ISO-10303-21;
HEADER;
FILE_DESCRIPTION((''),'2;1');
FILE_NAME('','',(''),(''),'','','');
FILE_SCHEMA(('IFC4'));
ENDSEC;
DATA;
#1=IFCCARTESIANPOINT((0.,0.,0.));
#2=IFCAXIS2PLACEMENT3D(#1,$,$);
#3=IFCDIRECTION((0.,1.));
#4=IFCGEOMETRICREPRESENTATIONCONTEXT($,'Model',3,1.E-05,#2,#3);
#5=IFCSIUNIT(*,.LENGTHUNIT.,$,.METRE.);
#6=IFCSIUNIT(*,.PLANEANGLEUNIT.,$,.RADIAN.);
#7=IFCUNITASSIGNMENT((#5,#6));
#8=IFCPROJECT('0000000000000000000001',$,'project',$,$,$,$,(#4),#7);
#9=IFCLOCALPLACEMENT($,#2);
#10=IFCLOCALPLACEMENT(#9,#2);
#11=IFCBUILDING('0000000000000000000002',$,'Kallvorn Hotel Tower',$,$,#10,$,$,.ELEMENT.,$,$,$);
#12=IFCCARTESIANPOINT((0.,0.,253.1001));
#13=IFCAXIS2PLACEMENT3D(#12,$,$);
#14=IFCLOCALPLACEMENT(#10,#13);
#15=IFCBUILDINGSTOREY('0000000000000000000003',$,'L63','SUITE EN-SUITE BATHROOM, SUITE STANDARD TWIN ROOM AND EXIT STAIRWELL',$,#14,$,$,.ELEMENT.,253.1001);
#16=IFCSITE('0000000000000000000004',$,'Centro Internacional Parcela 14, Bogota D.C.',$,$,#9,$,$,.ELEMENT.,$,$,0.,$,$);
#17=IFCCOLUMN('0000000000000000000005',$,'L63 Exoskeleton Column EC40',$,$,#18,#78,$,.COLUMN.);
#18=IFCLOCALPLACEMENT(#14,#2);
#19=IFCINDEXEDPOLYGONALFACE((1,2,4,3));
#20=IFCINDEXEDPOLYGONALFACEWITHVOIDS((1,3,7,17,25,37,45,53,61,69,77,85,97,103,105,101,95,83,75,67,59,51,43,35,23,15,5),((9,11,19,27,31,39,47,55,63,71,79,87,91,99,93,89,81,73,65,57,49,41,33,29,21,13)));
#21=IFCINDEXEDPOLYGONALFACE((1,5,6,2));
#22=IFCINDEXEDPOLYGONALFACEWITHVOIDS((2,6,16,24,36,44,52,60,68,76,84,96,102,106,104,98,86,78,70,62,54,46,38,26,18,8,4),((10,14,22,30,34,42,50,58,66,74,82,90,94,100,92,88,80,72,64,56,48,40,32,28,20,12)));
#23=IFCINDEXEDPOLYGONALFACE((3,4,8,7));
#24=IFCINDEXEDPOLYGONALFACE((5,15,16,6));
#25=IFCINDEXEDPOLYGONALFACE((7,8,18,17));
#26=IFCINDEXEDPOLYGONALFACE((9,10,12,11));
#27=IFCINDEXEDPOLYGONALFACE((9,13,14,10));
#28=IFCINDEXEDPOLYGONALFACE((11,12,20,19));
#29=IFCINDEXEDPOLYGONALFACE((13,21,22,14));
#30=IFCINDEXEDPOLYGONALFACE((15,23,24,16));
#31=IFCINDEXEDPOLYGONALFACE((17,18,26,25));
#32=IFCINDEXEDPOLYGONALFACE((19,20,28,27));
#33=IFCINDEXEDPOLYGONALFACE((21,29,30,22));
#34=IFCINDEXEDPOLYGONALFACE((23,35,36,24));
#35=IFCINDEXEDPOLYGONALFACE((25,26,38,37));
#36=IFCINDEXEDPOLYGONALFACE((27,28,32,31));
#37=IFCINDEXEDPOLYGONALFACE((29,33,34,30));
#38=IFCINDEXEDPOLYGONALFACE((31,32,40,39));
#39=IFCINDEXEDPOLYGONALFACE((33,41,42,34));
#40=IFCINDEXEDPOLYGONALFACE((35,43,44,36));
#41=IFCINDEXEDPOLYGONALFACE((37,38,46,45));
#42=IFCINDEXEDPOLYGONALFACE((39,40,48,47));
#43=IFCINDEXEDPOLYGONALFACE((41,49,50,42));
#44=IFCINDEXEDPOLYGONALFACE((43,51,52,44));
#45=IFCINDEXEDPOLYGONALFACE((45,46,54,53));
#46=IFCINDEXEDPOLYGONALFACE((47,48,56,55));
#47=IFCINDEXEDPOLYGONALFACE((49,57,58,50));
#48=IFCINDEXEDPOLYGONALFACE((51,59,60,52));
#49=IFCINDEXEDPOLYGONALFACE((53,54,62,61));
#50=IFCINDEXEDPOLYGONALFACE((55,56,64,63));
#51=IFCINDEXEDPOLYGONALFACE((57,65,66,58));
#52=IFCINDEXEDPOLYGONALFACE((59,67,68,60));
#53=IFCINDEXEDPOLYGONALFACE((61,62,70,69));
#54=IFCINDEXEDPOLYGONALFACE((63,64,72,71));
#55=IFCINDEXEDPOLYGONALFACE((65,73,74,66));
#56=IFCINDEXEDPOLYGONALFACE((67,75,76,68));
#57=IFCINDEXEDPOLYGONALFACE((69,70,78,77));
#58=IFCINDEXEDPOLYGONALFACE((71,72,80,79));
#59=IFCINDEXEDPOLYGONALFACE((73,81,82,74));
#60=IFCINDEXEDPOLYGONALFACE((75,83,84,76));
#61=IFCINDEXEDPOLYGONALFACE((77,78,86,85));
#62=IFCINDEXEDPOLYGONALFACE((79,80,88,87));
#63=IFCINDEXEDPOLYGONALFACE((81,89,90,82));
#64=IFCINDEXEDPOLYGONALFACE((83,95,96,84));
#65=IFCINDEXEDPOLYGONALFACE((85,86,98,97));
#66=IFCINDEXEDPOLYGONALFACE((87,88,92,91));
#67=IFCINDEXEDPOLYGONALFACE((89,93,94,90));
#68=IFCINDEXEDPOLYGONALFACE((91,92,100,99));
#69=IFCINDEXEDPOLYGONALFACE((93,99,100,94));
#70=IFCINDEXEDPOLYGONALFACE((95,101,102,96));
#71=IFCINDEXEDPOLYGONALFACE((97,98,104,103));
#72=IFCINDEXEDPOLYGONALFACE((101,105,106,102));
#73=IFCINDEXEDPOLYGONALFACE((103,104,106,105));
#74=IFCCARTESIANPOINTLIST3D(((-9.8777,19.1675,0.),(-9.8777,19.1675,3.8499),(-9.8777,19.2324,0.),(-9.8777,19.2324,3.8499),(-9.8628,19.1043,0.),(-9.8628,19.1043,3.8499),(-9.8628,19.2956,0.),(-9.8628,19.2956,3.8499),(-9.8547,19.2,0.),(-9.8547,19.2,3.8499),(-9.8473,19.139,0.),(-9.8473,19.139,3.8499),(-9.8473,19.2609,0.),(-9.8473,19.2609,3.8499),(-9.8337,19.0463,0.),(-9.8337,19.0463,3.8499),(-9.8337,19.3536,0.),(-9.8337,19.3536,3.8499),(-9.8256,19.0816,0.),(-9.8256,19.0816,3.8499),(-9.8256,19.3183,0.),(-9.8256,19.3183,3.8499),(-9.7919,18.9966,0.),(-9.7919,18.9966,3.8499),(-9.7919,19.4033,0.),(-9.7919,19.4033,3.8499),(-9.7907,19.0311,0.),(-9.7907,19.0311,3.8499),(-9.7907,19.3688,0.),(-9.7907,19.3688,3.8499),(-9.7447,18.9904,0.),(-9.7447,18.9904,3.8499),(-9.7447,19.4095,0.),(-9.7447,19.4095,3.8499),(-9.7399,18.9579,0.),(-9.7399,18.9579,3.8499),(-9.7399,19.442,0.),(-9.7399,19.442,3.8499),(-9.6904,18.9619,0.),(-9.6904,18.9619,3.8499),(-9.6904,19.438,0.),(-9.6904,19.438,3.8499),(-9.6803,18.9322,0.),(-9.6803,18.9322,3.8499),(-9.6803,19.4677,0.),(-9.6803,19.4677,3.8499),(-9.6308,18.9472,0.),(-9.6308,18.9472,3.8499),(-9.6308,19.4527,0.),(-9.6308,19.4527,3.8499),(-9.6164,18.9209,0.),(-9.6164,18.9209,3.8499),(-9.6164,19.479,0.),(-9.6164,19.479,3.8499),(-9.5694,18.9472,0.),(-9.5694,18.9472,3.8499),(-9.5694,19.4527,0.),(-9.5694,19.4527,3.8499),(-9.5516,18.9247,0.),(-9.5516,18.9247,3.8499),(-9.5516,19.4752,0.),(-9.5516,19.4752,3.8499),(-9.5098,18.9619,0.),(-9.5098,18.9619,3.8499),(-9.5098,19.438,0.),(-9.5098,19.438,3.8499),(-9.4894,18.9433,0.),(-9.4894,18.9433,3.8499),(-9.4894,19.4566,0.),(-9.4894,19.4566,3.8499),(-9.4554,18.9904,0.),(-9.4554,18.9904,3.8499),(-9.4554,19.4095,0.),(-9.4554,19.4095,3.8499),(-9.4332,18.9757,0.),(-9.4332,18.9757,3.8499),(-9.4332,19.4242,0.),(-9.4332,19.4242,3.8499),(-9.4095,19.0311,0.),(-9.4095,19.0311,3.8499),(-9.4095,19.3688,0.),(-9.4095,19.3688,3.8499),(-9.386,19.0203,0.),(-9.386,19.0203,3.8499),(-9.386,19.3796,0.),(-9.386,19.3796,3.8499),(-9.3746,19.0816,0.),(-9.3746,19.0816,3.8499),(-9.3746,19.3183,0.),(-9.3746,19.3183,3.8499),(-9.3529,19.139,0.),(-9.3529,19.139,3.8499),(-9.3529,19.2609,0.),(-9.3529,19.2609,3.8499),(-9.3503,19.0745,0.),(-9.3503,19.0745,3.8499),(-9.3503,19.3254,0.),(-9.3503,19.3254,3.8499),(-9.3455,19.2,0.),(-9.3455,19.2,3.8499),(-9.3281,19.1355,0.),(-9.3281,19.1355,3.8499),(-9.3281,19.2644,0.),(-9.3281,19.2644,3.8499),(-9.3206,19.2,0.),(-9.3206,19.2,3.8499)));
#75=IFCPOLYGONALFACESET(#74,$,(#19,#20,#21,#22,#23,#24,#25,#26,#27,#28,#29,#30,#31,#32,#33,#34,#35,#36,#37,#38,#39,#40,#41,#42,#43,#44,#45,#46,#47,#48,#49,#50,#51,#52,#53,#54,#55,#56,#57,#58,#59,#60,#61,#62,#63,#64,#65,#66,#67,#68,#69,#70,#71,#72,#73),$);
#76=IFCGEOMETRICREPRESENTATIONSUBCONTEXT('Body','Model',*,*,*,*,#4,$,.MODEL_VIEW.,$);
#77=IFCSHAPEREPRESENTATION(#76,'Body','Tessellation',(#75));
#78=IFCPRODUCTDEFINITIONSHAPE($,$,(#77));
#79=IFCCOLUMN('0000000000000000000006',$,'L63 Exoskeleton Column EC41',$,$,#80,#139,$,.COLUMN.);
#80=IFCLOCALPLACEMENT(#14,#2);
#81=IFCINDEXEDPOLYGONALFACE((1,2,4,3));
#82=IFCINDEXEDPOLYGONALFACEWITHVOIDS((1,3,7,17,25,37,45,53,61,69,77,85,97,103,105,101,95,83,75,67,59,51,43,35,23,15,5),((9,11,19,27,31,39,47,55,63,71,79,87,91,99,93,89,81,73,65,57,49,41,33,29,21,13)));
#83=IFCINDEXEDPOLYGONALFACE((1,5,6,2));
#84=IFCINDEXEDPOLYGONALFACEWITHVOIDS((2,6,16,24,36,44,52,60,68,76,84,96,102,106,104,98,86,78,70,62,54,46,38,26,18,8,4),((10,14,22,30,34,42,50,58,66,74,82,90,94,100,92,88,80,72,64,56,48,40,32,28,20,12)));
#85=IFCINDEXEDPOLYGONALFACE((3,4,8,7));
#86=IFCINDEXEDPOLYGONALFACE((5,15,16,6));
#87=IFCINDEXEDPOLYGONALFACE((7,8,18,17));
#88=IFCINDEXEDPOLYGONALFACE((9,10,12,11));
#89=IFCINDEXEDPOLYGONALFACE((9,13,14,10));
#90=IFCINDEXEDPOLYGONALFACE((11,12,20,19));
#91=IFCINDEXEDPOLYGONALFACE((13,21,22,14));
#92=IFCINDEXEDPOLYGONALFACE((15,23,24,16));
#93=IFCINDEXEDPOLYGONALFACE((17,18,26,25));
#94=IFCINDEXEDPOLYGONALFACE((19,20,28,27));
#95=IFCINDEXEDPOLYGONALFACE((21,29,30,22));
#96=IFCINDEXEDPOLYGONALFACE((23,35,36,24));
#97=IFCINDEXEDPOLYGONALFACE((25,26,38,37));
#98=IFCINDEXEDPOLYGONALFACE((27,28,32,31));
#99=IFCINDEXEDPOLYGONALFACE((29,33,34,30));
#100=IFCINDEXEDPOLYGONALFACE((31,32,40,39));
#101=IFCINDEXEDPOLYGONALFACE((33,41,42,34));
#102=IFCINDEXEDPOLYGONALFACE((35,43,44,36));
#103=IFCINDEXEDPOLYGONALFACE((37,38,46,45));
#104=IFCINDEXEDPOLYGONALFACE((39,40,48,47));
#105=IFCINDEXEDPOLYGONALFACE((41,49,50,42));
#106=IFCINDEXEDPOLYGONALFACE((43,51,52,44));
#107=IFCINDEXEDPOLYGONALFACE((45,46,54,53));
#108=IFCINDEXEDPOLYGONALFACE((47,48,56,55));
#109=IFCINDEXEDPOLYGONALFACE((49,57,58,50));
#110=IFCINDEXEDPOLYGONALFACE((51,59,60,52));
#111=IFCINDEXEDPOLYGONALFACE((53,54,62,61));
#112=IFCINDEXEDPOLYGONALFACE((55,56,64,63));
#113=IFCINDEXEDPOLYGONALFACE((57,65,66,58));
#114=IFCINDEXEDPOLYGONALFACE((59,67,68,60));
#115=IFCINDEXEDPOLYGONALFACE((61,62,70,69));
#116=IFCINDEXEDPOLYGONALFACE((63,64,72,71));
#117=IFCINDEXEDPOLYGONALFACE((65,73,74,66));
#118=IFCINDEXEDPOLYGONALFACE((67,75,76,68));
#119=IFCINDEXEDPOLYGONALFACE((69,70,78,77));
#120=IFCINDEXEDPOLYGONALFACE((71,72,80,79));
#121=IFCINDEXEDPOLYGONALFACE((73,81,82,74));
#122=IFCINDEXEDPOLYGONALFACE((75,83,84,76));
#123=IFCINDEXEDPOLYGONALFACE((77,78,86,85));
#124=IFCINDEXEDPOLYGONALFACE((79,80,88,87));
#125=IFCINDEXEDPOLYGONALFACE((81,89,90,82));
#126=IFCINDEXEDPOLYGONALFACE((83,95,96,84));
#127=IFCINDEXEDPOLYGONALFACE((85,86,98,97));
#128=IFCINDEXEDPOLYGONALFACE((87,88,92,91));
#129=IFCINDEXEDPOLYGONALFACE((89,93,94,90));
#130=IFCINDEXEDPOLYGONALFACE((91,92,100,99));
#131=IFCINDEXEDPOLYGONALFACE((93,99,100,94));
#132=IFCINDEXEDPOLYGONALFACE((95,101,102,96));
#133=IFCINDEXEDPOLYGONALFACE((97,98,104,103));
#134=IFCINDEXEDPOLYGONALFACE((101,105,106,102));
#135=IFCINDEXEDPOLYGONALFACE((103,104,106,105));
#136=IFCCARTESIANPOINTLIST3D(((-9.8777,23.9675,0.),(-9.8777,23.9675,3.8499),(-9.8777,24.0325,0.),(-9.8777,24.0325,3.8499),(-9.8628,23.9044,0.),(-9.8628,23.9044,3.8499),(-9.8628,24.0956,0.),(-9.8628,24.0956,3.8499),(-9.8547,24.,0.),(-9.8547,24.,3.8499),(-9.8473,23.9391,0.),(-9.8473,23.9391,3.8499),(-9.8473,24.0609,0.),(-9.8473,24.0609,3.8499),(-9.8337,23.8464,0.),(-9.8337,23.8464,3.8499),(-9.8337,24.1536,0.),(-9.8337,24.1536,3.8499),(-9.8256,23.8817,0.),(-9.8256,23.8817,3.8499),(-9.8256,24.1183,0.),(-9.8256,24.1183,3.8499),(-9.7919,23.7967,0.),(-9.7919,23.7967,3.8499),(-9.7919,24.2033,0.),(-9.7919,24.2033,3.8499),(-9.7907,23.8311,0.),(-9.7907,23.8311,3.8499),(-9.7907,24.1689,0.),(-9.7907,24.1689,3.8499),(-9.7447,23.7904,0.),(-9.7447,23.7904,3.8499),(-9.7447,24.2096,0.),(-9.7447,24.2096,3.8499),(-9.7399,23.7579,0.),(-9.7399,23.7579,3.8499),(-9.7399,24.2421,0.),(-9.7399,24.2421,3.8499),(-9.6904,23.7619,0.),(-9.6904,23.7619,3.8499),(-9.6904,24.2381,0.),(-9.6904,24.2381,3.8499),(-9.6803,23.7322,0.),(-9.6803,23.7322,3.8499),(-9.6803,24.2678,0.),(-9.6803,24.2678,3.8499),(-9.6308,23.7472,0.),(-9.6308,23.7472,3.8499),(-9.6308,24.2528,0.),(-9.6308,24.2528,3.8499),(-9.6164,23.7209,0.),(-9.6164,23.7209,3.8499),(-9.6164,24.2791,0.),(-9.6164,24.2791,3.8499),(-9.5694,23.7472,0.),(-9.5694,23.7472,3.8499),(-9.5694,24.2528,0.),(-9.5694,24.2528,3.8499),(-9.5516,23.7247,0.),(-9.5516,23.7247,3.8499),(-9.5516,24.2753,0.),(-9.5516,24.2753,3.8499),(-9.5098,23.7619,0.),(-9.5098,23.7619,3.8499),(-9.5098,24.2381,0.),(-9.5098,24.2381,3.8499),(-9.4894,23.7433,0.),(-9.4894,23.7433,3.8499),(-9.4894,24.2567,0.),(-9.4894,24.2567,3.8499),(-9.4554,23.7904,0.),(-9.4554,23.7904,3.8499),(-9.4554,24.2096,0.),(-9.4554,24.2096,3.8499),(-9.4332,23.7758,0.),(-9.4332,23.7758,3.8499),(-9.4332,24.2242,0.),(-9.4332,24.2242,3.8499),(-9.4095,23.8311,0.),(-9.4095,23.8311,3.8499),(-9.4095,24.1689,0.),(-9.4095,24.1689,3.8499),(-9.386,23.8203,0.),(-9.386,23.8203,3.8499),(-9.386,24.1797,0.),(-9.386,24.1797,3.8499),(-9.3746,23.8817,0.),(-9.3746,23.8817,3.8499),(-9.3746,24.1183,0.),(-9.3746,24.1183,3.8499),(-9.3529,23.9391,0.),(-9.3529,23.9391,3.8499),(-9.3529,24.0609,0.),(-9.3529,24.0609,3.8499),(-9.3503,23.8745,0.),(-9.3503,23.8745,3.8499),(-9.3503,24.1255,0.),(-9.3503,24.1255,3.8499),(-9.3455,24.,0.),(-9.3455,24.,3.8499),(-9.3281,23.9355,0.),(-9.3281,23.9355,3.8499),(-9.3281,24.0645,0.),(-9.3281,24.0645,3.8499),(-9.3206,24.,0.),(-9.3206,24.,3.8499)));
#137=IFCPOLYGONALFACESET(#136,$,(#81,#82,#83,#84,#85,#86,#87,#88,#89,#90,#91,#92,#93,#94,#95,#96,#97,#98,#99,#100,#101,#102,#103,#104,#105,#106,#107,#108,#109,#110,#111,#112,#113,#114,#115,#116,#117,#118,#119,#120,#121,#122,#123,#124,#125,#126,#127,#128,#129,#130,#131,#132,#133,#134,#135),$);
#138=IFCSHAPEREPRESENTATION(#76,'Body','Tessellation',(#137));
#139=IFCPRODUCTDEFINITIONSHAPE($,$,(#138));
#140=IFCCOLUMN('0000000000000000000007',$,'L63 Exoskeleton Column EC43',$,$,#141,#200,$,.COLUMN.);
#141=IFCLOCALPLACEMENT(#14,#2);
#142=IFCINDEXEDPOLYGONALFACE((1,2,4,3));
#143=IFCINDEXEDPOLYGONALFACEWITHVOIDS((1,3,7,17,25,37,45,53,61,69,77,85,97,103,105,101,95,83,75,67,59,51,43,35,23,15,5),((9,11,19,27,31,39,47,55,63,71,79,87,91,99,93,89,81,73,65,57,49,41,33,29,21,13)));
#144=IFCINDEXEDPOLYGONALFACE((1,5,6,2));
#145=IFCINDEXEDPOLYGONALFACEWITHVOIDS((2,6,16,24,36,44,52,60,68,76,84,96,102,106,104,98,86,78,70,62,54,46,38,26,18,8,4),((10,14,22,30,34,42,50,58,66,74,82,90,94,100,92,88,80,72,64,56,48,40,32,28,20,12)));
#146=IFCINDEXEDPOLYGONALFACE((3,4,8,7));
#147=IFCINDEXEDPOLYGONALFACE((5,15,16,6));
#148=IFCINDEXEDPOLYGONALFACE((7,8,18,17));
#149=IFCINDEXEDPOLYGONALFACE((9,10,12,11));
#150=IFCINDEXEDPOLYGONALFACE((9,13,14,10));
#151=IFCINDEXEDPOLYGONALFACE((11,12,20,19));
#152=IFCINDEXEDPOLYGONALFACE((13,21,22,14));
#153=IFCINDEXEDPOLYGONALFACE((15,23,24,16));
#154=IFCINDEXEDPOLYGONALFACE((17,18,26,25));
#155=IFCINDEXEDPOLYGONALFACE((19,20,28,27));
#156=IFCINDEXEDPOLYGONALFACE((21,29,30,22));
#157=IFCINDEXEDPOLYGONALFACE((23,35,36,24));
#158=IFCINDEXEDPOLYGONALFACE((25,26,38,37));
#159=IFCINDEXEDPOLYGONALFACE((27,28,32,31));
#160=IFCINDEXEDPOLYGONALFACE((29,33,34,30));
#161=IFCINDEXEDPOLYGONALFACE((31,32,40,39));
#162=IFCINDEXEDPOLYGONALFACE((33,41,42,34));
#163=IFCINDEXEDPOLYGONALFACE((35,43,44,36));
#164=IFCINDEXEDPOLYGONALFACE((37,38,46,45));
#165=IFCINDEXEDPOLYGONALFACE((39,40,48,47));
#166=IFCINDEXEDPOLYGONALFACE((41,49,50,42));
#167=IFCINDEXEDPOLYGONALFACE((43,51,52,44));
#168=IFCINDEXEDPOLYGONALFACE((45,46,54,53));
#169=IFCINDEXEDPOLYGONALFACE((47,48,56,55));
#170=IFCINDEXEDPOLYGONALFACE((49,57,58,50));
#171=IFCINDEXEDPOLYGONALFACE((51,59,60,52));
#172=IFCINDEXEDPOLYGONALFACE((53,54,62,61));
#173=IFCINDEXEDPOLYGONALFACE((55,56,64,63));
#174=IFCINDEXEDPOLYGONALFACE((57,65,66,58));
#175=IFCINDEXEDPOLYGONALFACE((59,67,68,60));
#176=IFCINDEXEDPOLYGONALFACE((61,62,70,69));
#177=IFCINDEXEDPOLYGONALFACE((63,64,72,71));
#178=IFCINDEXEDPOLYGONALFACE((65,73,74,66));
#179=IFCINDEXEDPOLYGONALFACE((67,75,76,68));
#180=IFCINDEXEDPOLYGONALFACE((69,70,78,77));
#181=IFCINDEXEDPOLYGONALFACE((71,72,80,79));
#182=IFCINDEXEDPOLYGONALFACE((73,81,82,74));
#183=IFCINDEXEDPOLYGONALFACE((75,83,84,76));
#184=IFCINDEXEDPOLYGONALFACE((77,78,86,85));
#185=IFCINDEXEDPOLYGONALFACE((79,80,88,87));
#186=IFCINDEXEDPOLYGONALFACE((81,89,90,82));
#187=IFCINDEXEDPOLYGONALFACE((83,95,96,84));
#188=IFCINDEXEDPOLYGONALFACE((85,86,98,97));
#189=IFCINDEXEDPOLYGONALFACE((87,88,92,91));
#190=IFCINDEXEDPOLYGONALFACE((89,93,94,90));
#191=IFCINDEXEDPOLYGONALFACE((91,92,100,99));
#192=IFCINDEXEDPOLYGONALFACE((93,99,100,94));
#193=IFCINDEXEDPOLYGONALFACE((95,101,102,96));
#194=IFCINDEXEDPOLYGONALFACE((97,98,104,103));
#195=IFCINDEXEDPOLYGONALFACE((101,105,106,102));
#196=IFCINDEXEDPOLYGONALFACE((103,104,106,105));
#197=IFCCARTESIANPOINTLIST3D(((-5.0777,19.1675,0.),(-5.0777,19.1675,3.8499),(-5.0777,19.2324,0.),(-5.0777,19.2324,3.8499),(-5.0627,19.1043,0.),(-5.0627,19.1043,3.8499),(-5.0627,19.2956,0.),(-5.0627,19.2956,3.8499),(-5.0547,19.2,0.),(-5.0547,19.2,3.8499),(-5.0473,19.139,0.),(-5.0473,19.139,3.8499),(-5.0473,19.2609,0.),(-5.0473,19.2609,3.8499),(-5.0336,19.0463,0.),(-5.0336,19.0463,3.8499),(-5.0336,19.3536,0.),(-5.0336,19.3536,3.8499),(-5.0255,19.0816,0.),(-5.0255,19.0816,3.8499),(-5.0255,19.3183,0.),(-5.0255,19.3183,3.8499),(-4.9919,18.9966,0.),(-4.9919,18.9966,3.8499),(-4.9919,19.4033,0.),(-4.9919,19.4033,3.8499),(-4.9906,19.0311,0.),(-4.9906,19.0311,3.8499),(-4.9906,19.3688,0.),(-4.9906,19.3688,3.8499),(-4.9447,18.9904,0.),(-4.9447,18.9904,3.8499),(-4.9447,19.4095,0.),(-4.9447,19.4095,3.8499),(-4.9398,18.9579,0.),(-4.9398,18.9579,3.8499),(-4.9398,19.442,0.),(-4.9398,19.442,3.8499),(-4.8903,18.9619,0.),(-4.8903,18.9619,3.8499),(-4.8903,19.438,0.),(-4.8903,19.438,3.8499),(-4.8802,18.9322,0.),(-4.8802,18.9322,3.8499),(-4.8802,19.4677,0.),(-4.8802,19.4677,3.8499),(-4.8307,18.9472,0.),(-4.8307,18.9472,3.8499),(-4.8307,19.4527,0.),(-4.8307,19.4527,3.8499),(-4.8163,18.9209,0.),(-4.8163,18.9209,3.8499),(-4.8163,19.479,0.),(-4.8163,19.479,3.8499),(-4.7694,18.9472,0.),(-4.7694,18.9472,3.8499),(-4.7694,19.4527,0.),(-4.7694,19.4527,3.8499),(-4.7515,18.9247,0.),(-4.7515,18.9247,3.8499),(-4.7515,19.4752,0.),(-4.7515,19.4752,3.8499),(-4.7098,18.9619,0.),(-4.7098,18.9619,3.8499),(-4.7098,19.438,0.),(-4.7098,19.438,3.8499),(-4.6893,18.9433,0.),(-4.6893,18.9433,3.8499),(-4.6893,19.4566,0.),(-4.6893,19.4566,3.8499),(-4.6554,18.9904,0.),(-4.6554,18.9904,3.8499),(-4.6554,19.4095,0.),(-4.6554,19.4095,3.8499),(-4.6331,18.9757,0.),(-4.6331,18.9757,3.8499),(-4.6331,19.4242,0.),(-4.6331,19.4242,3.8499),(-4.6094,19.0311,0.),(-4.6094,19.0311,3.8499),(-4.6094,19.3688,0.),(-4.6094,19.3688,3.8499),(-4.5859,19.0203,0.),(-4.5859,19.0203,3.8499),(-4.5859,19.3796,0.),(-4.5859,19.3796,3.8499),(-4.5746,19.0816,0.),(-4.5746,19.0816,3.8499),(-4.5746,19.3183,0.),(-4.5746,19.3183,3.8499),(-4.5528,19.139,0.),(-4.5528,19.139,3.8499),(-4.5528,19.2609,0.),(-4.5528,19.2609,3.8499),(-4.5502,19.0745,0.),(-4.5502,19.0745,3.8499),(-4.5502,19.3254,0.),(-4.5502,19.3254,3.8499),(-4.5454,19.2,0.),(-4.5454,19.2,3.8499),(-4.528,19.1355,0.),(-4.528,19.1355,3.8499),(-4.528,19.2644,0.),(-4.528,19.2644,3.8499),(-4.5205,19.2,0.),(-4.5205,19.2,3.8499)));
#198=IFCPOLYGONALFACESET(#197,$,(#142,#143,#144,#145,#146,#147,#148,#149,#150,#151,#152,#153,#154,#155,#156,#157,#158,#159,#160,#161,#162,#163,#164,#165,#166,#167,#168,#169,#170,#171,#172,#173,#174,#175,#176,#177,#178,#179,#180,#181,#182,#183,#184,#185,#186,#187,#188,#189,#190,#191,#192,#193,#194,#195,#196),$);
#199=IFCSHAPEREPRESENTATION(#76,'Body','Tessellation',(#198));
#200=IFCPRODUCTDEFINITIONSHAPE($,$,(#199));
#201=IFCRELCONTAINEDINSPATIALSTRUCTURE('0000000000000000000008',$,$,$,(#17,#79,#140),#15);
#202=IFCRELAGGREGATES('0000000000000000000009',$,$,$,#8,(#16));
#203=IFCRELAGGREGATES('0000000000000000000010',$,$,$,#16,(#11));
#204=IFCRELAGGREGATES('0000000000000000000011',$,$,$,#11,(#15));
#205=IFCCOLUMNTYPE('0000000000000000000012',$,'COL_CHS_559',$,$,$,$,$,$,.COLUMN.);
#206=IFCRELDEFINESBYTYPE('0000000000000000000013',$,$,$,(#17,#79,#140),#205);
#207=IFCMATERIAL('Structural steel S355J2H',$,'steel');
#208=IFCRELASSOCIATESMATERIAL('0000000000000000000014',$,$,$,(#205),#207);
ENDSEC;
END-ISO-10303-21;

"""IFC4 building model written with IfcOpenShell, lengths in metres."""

from ifc_helpers import new_model, si_unit, direction, frame, origin, origin_2d, place, context, subcontext, project, spatial, hollow_circle, extrude, material, material_profile, profile_set, type_object, element, save


model = new_model("IFC4")

# Units and contexts
model_context = context("Model", 3, precision=1e-05, world=origin(), true_north=direction((0.0, 1.0)))
body_context = subcontext(model_context, "Body", "Model", "MODEL_VIEW")
ifc_project = project(units=[si_unit("LENGTHUNIT", "METRE"), si_unit("PLANEANGLEUNIT", "RADIAN")], contexts=[model_context])

# Site, building, storey
site_placement = place(None, origin())
site = spatial("IfcSite", under=ifc_project, at=site_placement, Name="Centro Internacional Parcela 14, Bogota D.C.", CompositionType="ELEMENT", RefElevation=0.0)
building_placement = place(site_placement, origin())
building = spatial("IfcBuilding", under=site, at=building_placement, Name="Kallvorn Hotel Tower", CompositionType="ELEMENT")
storey_placement = place(building_placement, frame((0.0, 0.0, 253.1001)))
storey = spatial("IfcBuildingStorey", under=building, at=storey_placement, Name="L63", Description="SUITE EN-SUITE BATHROOM, SUITE STANDARD TWIN ROOM AND EXIT STAIRWELL", CompositionType="ELEMENT", Elevation=253.1001)

# Columns
ifc_material_1 = material(Name="Structural steel S355J2H", Category="steel")
ifc_material_profile_1 = material_profile(ifc_material_1, hollow_circle(Radius=0.2795, WallThickness=0.0249, at=origin_2d()), Name="CHS 559x25")
ifc_profile_set_1 = profile_set([ifc_material_profile_1], Name="Structural steel S355J2H")
column_type_1 = type_object("IfcColumnType", Name="COL_CHS_559", PredefinedType="COLUMN", material=ifc_profile_set_1)
for number, where, z_axis, x_axis, name in (
    (1, (-9.6001, 19.2, 0.0), (0.0, 0.0, 1.0), (1.0, 0.0, 0.0), "L63 Exoskeleton Column EC40"),
    (2, (-9.6001, 24.0, 0.0), (0.0, 0.0, 1.0), (1.0, 0.0, 0.0), "L63 Exoskeleton Column EC41"),
    (3, (-4.8, 19.2, 0.0), (0.0, 0.0, 1.0), (1.0, 0.0, 0.0), "L63 Exoskeleton Column EC43"),
):
    element("IfcColumn", number, at=place(storey_placement, frame(where, z_axis=z_axis, x_axis=x_axis)), inside=storey, type_object=column_type_1, Name=name, PredefinedType="COLUMN", context=body_context, shape_type="SweptSolid", body=[
        extrude(hollow_circle(Radius=0.2795, WallThickness=0.0249, at=origin_2d()), origin(), (0.0, 0.0, 1.0), 3.8499),
    ])

save(model, "model.ifc")
